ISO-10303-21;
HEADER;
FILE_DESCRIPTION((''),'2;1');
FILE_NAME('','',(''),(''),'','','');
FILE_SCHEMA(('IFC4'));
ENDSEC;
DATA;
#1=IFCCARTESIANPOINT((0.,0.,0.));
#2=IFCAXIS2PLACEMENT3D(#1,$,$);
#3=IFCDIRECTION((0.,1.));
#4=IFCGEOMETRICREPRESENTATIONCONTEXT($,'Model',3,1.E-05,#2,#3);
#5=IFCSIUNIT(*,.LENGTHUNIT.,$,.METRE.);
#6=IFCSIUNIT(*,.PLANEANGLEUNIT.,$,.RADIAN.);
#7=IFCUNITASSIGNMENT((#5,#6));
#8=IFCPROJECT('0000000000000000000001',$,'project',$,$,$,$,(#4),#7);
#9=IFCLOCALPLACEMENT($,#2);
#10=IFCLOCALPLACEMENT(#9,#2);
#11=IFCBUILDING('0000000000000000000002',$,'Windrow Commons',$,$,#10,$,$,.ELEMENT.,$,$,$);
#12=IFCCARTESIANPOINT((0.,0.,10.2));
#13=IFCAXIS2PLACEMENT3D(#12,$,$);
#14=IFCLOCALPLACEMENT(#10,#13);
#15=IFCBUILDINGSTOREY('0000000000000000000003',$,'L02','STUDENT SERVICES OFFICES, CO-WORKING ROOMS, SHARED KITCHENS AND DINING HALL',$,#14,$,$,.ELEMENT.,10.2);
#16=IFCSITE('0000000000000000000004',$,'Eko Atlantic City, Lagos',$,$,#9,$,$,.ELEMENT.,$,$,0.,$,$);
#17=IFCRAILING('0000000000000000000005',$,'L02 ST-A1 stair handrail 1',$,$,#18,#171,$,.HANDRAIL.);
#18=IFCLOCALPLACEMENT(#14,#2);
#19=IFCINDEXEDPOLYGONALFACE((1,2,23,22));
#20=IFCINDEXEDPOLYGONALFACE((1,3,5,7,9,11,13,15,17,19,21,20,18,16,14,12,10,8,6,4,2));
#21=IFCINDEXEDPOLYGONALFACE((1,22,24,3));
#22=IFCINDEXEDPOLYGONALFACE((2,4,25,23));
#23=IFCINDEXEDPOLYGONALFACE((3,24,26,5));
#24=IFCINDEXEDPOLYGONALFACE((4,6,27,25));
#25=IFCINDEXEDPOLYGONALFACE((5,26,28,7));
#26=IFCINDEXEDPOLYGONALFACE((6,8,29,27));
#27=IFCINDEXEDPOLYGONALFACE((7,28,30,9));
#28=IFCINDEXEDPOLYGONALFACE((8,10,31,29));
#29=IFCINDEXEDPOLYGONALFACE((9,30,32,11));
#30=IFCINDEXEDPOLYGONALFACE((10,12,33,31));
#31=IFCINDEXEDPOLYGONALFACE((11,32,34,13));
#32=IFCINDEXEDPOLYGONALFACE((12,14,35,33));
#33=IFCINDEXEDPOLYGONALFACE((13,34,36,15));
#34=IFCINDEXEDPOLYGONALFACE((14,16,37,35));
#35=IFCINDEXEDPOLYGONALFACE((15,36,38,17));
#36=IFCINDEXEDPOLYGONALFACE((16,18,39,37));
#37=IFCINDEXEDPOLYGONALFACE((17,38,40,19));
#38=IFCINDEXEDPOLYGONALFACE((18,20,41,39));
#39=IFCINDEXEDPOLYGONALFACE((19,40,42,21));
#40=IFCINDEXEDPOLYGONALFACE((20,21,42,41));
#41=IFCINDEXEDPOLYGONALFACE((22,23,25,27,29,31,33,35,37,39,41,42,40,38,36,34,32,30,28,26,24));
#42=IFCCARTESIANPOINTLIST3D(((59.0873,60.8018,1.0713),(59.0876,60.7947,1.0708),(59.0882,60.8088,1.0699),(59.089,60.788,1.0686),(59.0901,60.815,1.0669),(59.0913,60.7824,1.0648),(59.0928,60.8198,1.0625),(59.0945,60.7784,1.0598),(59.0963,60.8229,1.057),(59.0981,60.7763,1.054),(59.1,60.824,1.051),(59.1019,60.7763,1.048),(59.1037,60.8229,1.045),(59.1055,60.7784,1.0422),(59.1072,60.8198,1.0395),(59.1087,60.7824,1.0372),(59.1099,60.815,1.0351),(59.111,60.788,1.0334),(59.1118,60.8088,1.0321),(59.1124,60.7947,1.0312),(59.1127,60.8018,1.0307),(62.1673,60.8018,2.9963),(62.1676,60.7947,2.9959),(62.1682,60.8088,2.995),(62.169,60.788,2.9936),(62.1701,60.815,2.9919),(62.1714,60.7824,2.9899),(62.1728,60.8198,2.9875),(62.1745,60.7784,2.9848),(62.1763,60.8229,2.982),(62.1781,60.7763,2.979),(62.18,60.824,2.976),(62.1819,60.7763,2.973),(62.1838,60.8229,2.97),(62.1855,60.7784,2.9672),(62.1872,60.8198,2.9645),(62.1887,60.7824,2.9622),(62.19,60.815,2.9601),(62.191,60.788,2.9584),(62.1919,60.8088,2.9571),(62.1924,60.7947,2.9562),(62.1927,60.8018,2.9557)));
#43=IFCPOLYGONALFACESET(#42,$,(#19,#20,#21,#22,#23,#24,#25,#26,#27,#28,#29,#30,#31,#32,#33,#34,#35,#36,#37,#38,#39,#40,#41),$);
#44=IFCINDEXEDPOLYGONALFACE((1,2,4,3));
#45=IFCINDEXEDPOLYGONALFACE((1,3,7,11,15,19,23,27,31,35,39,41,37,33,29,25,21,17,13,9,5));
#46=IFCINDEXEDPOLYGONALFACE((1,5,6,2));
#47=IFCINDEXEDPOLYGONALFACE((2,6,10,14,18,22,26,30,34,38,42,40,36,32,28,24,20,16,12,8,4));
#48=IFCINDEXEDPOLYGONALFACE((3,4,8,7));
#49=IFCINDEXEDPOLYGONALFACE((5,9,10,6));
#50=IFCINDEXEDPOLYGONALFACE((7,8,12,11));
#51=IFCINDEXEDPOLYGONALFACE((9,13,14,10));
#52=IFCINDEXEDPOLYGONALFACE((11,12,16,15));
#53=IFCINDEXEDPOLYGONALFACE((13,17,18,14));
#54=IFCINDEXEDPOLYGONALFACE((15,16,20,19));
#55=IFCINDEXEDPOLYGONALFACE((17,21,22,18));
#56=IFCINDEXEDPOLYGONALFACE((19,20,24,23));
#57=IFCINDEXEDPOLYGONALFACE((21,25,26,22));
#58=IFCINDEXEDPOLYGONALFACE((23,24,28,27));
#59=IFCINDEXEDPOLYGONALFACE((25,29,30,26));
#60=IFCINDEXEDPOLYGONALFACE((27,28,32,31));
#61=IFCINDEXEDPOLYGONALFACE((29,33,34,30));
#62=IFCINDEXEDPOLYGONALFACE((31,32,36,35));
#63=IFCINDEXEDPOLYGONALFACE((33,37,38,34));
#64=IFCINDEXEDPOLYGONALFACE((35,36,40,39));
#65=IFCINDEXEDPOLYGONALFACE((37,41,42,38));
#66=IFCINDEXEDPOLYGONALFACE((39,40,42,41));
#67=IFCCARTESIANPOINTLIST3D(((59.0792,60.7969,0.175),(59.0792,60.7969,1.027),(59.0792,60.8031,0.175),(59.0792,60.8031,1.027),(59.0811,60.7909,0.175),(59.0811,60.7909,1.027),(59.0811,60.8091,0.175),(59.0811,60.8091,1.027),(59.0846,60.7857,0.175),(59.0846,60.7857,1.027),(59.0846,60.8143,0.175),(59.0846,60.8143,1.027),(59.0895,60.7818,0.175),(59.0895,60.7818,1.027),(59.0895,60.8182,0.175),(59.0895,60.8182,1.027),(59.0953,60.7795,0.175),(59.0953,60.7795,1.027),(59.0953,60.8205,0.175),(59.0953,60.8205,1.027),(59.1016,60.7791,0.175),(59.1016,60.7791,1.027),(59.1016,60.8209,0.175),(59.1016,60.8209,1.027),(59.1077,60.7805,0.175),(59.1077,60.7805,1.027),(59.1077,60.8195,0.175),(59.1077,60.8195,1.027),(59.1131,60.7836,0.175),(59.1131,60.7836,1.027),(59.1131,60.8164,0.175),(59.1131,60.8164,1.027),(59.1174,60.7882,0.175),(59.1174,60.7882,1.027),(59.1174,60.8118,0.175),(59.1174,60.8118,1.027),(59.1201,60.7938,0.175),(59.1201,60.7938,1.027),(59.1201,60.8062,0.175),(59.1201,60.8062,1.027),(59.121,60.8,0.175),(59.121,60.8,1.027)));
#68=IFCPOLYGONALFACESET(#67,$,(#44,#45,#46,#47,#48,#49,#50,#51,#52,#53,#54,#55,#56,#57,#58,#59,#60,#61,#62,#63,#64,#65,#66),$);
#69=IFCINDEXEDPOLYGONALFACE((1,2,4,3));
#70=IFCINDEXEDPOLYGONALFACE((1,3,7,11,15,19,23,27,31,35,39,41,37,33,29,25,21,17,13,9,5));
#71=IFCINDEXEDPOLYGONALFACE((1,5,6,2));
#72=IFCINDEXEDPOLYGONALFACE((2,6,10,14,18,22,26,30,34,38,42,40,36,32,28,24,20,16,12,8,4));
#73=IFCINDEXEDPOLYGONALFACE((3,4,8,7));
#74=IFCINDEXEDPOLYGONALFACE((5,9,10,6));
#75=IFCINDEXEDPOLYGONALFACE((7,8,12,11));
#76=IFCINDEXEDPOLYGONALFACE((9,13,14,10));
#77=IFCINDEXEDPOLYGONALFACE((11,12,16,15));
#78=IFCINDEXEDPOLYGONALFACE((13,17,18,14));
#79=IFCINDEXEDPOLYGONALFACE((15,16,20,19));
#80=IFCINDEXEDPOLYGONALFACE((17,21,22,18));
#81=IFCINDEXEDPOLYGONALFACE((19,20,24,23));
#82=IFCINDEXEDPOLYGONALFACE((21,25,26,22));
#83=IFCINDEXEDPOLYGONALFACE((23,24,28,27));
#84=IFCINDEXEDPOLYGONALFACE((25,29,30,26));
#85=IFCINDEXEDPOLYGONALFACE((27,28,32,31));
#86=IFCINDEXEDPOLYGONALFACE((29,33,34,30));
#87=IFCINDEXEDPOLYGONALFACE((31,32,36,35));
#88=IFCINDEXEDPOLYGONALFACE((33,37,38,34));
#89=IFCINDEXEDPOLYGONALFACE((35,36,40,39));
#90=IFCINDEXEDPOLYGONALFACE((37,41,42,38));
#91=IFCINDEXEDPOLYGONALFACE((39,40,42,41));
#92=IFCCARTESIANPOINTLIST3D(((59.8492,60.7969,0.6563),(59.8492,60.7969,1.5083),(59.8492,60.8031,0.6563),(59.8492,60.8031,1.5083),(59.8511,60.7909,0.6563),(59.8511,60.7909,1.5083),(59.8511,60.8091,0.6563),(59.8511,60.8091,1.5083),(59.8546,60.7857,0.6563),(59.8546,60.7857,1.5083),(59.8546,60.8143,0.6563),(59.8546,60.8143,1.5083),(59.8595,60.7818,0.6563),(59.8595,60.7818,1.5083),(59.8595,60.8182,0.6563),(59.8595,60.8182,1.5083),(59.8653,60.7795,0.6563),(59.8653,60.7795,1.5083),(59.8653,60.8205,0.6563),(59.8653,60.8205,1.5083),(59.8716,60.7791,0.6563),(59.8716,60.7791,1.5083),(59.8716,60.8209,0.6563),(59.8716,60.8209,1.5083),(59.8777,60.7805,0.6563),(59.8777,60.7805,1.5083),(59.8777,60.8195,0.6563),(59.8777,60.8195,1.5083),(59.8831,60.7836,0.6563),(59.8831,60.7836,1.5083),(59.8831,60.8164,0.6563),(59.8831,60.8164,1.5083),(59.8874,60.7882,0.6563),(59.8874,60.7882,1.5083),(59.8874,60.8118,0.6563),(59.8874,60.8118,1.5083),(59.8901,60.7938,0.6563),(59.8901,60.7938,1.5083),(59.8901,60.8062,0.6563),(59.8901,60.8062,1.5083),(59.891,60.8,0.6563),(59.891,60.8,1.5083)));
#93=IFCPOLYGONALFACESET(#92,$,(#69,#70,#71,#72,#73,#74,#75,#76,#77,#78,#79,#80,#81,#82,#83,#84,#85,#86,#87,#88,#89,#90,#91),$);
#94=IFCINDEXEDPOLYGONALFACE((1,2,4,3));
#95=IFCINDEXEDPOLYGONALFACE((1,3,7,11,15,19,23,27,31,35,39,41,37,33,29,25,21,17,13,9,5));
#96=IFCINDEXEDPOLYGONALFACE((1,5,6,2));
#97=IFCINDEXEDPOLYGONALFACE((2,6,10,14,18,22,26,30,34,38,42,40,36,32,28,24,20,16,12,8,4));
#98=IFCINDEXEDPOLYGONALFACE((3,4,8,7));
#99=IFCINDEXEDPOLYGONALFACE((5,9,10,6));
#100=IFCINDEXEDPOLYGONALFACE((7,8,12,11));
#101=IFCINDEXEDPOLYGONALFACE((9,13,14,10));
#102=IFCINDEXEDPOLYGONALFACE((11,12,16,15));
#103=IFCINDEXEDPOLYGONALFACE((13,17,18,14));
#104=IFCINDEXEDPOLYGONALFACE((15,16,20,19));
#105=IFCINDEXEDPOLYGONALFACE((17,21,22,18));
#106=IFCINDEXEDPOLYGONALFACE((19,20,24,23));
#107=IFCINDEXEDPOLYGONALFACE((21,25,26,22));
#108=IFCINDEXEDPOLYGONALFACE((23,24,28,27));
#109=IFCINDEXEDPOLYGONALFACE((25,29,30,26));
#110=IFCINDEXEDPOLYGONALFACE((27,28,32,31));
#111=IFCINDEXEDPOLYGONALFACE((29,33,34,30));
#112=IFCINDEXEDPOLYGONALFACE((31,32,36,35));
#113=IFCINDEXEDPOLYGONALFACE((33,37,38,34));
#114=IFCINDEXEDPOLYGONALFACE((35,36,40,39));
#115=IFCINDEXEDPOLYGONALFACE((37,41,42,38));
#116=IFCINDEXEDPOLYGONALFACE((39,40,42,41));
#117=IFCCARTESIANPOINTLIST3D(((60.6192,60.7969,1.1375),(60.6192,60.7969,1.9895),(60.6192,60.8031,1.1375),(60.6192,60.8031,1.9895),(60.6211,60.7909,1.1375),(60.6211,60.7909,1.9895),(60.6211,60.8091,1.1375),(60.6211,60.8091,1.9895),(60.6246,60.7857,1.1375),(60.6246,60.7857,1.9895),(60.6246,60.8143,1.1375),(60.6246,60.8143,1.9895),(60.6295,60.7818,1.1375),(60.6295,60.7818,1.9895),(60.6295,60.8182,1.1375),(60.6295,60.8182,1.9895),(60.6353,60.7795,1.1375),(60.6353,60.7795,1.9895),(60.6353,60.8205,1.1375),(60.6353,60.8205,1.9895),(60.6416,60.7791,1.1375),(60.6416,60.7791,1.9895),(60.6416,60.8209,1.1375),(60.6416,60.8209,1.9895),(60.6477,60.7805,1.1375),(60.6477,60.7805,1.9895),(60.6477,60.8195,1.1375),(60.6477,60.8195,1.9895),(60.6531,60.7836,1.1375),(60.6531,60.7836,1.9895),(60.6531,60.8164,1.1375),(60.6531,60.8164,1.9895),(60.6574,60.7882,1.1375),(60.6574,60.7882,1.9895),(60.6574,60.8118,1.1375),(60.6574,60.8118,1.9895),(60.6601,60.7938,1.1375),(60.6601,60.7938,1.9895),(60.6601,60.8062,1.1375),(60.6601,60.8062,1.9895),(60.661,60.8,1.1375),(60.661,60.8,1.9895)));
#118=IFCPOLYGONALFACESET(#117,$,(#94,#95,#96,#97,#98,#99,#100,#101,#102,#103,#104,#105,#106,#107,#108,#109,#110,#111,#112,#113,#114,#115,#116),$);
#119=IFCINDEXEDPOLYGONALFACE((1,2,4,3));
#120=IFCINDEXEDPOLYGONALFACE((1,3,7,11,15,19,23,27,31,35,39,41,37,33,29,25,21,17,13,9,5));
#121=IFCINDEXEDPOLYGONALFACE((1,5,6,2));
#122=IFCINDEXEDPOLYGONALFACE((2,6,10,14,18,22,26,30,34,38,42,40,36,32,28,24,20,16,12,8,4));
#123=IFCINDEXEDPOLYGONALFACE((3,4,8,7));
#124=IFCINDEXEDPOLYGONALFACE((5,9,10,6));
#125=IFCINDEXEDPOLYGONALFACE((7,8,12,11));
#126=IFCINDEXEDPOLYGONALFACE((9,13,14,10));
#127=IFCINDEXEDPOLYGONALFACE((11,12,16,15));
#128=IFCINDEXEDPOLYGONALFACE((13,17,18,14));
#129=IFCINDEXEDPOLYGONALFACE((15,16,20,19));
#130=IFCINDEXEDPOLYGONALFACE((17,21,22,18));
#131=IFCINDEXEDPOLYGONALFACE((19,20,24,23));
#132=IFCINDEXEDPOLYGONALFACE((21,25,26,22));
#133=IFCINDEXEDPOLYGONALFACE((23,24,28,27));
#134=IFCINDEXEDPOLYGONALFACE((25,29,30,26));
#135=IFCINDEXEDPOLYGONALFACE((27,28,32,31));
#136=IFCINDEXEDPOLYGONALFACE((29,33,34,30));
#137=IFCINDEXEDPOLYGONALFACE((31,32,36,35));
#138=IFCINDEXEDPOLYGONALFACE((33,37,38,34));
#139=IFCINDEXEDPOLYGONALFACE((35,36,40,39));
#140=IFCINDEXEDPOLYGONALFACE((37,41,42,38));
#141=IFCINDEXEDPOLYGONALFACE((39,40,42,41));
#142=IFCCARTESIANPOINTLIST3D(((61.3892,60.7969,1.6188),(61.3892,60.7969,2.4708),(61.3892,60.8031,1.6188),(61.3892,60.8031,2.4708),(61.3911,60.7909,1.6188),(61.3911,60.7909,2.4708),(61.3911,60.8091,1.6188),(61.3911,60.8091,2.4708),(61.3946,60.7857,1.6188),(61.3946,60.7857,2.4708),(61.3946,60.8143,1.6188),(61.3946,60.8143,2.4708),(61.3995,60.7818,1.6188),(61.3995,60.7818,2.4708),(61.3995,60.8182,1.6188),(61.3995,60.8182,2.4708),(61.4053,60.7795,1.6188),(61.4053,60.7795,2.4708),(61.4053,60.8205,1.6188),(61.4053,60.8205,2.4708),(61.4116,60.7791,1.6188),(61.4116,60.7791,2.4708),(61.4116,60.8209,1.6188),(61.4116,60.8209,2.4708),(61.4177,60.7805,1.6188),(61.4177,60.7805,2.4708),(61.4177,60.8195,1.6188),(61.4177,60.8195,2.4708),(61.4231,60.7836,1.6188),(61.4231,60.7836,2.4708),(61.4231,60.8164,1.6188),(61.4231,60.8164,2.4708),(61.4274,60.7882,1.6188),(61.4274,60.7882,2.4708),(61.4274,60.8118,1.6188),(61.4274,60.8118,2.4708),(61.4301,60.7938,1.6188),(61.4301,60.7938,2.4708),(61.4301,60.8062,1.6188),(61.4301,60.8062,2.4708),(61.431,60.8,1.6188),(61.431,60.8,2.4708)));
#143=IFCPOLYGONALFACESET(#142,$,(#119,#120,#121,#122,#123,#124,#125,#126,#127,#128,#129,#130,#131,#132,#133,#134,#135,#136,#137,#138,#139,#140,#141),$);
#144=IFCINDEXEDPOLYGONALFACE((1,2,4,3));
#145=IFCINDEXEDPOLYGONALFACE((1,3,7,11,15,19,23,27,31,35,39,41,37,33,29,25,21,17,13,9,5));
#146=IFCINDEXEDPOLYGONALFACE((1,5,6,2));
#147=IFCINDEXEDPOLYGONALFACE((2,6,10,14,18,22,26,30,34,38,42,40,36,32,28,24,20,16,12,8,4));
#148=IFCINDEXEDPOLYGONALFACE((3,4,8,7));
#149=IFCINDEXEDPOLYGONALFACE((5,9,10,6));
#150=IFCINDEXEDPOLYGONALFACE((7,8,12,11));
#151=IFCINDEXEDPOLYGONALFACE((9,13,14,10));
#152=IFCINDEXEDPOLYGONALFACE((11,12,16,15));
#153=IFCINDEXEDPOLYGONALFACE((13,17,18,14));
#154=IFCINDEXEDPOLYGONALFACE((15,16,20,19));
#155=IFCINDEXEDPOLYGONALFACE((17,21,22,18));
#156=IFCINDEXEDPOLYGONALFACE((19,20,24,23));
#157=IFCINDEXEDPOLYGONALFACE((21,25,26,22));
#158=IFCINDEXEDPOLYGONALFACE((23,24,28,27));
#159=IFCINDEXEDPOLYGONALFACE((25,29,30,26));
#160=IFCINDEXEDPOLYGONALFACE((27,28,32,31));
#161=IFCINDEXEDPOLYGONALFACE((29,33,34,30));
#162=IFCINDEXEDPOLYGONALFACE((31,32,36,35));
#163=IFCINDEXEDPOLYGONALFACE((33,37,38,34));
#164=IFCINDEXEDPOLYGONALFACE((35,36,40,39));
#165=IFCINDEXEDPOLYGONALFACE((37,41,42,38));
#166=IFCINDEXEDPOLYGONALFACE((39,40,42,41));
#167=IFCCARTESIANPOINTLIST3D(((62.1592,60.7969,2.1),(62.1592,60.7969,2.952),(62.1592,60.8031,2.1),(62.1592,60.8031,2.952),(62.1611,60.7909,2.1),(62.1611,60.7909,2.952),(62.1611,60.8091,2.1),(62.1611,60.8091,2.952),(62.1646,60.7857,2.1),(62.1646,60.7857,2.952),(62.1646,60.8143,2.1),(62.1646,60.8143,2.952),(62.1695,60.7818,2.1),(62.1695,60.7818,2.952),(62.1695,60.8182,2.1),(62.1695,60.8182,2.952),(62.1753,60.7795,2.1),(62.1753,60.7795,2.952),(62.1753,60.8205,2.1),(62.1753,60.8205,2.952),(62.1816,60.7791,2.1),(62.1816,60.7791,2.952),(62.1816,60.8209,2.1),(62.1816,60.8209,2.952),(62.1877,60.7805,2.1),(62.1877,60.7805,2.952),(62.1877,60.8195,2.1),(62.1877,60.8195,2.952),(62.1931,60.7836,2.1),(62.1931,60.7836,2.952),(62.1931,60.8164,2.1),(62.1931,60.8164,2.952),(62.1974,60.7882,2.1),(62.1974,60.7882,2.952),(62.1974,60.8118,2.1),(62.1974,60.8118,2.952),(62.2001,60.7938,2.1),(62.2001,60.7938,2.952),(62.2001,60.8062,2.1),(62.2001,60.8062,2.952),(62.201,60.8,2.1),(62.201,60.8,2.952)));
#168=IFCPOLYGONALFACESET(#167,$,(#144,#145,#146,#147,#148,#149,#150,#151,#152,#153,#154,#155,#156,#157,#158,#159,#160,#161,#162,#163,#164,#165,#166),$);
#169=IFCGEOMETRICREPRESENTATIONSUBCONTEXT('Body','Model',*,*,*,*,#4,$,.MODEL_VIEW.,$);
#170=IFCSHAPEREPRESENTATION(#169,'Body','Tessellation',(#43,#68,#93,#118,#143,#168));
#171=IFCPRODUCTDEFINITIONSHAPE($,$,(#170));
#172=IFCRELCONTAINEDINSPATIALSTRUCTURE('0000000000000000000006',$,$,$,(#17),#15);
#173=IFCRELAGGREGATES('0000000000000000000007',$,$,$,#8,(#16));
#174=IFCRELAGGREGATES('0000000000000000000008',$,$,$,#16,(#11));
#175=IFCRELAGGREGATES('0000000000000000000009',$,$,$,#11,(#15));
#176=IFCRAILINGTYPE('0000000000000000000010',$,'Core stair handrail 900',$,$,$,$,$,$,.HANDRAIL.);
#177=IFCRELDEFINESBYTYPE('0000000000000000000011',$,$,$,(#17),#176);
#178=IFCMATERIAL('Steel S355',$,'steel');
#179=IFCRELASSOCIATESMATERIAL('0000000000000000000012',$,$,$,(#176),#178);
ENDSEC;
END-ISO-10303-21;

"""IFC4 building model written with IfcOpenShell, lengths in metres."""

from ifc_helpers import new_model, si_unit, direction, frame, origin, origin_2d, place, context, subcontext, project, spatial, circle, extrude, material, type_object, element, save


model = new_model("IFC4")

# Units and contexts
model_context = context("Model", 3, precision=1e-05, world=origin(), true_north=direction((0.0, 1.0)))
body_context = subcontext(model_context, "Body", "Model", "MODEL_VIEW")
ifc_project = project(units=[si_unit("LENGTHUNIT", "METRE"), si_unit("PLANEANGLEUNIT", "RADIAN")], contexts=[model_context])

# Site, building, storey
site_placement = place(None, origin())
site = spatial("IfcSite", under=ifc_project, at=site_placement, Name="Eko Atlantic City, Lagos", CompositionType="ELEMENT", RefElevation=0.0)
building_placement = place(site_placement, origin())
building = spatial("IfcBuilding", under=site, at=building_placement, Name="Windrow Commons", CompositionType="ELEMENT")
storey_placement = place(building_placement, frame((0.0, 0.0, 10.2)))
storey = spatial("IfcBuildingStorey", under=building, at=storey_placement, Name="L02", Description="STUDENT SERVICES OFFICES, CO-WORKING ROOMS, SHARED KITCHENS AND DINING HALL", CompositionType="ELEMENT", Elevation=10.2)

# Railing
ifc_material_1 = material(Name="Steel S355", Category="steel")
railing_type_1 = type_object("IfcRailingType", Name="Core stair handrail 900", PredefinedType="HANDRAIL", material=ifc_material_1)
railing_1_placement = place(storey_placement, frame((59.1, 60.8, 0.175)))
element("IfcRailing", 1, at=railing_1_placement, inside=storey, type_object=railing_type_1, Name="L02 ST-A1 stair handrail 1", PredefinedType="HANDRAIL", context=body_context, shape_type="SweptSolid", body=[
    extrude(circle(Radius=0.024, at=origin_2d()), frame((0.0, 0.0, 0.876), z_axis=(0.847998, 0.0, 0.529999), x_axis=(0.0, 1.0, 0.0)), (0.0, 0.0, 1.0), 3.6321),
    extrude(circle(Radius=0.021, at=origin_2d()), origin(), (0.0, 0.0, 1.0), 0.852),
    extrude(circle(Radius=0.021, at=origin_2d()), frame((0.77, 0.0, 0.4813)), (0.0, 0.0, 1.0), 0.852),
    extrude(circle(Radius=0.021, at=origin_2d()), frame((1.54, 0.0, 0.9625)), (0.0, 0.0, 1.0), 0.852),
    extrude(circle(Radius=0.021, at=origin_2d()), frame((2.31, 0.0, 1.4438)), (0.0, 0.0, 1.0), 0.852),
    extrude(circle(Radius=0.021, at=origin_2d()), frame((3.08, 0.0, 1.925)), (0.0, 0.0, 1.0), 0.852),
])

save(model, "model.ifc")
